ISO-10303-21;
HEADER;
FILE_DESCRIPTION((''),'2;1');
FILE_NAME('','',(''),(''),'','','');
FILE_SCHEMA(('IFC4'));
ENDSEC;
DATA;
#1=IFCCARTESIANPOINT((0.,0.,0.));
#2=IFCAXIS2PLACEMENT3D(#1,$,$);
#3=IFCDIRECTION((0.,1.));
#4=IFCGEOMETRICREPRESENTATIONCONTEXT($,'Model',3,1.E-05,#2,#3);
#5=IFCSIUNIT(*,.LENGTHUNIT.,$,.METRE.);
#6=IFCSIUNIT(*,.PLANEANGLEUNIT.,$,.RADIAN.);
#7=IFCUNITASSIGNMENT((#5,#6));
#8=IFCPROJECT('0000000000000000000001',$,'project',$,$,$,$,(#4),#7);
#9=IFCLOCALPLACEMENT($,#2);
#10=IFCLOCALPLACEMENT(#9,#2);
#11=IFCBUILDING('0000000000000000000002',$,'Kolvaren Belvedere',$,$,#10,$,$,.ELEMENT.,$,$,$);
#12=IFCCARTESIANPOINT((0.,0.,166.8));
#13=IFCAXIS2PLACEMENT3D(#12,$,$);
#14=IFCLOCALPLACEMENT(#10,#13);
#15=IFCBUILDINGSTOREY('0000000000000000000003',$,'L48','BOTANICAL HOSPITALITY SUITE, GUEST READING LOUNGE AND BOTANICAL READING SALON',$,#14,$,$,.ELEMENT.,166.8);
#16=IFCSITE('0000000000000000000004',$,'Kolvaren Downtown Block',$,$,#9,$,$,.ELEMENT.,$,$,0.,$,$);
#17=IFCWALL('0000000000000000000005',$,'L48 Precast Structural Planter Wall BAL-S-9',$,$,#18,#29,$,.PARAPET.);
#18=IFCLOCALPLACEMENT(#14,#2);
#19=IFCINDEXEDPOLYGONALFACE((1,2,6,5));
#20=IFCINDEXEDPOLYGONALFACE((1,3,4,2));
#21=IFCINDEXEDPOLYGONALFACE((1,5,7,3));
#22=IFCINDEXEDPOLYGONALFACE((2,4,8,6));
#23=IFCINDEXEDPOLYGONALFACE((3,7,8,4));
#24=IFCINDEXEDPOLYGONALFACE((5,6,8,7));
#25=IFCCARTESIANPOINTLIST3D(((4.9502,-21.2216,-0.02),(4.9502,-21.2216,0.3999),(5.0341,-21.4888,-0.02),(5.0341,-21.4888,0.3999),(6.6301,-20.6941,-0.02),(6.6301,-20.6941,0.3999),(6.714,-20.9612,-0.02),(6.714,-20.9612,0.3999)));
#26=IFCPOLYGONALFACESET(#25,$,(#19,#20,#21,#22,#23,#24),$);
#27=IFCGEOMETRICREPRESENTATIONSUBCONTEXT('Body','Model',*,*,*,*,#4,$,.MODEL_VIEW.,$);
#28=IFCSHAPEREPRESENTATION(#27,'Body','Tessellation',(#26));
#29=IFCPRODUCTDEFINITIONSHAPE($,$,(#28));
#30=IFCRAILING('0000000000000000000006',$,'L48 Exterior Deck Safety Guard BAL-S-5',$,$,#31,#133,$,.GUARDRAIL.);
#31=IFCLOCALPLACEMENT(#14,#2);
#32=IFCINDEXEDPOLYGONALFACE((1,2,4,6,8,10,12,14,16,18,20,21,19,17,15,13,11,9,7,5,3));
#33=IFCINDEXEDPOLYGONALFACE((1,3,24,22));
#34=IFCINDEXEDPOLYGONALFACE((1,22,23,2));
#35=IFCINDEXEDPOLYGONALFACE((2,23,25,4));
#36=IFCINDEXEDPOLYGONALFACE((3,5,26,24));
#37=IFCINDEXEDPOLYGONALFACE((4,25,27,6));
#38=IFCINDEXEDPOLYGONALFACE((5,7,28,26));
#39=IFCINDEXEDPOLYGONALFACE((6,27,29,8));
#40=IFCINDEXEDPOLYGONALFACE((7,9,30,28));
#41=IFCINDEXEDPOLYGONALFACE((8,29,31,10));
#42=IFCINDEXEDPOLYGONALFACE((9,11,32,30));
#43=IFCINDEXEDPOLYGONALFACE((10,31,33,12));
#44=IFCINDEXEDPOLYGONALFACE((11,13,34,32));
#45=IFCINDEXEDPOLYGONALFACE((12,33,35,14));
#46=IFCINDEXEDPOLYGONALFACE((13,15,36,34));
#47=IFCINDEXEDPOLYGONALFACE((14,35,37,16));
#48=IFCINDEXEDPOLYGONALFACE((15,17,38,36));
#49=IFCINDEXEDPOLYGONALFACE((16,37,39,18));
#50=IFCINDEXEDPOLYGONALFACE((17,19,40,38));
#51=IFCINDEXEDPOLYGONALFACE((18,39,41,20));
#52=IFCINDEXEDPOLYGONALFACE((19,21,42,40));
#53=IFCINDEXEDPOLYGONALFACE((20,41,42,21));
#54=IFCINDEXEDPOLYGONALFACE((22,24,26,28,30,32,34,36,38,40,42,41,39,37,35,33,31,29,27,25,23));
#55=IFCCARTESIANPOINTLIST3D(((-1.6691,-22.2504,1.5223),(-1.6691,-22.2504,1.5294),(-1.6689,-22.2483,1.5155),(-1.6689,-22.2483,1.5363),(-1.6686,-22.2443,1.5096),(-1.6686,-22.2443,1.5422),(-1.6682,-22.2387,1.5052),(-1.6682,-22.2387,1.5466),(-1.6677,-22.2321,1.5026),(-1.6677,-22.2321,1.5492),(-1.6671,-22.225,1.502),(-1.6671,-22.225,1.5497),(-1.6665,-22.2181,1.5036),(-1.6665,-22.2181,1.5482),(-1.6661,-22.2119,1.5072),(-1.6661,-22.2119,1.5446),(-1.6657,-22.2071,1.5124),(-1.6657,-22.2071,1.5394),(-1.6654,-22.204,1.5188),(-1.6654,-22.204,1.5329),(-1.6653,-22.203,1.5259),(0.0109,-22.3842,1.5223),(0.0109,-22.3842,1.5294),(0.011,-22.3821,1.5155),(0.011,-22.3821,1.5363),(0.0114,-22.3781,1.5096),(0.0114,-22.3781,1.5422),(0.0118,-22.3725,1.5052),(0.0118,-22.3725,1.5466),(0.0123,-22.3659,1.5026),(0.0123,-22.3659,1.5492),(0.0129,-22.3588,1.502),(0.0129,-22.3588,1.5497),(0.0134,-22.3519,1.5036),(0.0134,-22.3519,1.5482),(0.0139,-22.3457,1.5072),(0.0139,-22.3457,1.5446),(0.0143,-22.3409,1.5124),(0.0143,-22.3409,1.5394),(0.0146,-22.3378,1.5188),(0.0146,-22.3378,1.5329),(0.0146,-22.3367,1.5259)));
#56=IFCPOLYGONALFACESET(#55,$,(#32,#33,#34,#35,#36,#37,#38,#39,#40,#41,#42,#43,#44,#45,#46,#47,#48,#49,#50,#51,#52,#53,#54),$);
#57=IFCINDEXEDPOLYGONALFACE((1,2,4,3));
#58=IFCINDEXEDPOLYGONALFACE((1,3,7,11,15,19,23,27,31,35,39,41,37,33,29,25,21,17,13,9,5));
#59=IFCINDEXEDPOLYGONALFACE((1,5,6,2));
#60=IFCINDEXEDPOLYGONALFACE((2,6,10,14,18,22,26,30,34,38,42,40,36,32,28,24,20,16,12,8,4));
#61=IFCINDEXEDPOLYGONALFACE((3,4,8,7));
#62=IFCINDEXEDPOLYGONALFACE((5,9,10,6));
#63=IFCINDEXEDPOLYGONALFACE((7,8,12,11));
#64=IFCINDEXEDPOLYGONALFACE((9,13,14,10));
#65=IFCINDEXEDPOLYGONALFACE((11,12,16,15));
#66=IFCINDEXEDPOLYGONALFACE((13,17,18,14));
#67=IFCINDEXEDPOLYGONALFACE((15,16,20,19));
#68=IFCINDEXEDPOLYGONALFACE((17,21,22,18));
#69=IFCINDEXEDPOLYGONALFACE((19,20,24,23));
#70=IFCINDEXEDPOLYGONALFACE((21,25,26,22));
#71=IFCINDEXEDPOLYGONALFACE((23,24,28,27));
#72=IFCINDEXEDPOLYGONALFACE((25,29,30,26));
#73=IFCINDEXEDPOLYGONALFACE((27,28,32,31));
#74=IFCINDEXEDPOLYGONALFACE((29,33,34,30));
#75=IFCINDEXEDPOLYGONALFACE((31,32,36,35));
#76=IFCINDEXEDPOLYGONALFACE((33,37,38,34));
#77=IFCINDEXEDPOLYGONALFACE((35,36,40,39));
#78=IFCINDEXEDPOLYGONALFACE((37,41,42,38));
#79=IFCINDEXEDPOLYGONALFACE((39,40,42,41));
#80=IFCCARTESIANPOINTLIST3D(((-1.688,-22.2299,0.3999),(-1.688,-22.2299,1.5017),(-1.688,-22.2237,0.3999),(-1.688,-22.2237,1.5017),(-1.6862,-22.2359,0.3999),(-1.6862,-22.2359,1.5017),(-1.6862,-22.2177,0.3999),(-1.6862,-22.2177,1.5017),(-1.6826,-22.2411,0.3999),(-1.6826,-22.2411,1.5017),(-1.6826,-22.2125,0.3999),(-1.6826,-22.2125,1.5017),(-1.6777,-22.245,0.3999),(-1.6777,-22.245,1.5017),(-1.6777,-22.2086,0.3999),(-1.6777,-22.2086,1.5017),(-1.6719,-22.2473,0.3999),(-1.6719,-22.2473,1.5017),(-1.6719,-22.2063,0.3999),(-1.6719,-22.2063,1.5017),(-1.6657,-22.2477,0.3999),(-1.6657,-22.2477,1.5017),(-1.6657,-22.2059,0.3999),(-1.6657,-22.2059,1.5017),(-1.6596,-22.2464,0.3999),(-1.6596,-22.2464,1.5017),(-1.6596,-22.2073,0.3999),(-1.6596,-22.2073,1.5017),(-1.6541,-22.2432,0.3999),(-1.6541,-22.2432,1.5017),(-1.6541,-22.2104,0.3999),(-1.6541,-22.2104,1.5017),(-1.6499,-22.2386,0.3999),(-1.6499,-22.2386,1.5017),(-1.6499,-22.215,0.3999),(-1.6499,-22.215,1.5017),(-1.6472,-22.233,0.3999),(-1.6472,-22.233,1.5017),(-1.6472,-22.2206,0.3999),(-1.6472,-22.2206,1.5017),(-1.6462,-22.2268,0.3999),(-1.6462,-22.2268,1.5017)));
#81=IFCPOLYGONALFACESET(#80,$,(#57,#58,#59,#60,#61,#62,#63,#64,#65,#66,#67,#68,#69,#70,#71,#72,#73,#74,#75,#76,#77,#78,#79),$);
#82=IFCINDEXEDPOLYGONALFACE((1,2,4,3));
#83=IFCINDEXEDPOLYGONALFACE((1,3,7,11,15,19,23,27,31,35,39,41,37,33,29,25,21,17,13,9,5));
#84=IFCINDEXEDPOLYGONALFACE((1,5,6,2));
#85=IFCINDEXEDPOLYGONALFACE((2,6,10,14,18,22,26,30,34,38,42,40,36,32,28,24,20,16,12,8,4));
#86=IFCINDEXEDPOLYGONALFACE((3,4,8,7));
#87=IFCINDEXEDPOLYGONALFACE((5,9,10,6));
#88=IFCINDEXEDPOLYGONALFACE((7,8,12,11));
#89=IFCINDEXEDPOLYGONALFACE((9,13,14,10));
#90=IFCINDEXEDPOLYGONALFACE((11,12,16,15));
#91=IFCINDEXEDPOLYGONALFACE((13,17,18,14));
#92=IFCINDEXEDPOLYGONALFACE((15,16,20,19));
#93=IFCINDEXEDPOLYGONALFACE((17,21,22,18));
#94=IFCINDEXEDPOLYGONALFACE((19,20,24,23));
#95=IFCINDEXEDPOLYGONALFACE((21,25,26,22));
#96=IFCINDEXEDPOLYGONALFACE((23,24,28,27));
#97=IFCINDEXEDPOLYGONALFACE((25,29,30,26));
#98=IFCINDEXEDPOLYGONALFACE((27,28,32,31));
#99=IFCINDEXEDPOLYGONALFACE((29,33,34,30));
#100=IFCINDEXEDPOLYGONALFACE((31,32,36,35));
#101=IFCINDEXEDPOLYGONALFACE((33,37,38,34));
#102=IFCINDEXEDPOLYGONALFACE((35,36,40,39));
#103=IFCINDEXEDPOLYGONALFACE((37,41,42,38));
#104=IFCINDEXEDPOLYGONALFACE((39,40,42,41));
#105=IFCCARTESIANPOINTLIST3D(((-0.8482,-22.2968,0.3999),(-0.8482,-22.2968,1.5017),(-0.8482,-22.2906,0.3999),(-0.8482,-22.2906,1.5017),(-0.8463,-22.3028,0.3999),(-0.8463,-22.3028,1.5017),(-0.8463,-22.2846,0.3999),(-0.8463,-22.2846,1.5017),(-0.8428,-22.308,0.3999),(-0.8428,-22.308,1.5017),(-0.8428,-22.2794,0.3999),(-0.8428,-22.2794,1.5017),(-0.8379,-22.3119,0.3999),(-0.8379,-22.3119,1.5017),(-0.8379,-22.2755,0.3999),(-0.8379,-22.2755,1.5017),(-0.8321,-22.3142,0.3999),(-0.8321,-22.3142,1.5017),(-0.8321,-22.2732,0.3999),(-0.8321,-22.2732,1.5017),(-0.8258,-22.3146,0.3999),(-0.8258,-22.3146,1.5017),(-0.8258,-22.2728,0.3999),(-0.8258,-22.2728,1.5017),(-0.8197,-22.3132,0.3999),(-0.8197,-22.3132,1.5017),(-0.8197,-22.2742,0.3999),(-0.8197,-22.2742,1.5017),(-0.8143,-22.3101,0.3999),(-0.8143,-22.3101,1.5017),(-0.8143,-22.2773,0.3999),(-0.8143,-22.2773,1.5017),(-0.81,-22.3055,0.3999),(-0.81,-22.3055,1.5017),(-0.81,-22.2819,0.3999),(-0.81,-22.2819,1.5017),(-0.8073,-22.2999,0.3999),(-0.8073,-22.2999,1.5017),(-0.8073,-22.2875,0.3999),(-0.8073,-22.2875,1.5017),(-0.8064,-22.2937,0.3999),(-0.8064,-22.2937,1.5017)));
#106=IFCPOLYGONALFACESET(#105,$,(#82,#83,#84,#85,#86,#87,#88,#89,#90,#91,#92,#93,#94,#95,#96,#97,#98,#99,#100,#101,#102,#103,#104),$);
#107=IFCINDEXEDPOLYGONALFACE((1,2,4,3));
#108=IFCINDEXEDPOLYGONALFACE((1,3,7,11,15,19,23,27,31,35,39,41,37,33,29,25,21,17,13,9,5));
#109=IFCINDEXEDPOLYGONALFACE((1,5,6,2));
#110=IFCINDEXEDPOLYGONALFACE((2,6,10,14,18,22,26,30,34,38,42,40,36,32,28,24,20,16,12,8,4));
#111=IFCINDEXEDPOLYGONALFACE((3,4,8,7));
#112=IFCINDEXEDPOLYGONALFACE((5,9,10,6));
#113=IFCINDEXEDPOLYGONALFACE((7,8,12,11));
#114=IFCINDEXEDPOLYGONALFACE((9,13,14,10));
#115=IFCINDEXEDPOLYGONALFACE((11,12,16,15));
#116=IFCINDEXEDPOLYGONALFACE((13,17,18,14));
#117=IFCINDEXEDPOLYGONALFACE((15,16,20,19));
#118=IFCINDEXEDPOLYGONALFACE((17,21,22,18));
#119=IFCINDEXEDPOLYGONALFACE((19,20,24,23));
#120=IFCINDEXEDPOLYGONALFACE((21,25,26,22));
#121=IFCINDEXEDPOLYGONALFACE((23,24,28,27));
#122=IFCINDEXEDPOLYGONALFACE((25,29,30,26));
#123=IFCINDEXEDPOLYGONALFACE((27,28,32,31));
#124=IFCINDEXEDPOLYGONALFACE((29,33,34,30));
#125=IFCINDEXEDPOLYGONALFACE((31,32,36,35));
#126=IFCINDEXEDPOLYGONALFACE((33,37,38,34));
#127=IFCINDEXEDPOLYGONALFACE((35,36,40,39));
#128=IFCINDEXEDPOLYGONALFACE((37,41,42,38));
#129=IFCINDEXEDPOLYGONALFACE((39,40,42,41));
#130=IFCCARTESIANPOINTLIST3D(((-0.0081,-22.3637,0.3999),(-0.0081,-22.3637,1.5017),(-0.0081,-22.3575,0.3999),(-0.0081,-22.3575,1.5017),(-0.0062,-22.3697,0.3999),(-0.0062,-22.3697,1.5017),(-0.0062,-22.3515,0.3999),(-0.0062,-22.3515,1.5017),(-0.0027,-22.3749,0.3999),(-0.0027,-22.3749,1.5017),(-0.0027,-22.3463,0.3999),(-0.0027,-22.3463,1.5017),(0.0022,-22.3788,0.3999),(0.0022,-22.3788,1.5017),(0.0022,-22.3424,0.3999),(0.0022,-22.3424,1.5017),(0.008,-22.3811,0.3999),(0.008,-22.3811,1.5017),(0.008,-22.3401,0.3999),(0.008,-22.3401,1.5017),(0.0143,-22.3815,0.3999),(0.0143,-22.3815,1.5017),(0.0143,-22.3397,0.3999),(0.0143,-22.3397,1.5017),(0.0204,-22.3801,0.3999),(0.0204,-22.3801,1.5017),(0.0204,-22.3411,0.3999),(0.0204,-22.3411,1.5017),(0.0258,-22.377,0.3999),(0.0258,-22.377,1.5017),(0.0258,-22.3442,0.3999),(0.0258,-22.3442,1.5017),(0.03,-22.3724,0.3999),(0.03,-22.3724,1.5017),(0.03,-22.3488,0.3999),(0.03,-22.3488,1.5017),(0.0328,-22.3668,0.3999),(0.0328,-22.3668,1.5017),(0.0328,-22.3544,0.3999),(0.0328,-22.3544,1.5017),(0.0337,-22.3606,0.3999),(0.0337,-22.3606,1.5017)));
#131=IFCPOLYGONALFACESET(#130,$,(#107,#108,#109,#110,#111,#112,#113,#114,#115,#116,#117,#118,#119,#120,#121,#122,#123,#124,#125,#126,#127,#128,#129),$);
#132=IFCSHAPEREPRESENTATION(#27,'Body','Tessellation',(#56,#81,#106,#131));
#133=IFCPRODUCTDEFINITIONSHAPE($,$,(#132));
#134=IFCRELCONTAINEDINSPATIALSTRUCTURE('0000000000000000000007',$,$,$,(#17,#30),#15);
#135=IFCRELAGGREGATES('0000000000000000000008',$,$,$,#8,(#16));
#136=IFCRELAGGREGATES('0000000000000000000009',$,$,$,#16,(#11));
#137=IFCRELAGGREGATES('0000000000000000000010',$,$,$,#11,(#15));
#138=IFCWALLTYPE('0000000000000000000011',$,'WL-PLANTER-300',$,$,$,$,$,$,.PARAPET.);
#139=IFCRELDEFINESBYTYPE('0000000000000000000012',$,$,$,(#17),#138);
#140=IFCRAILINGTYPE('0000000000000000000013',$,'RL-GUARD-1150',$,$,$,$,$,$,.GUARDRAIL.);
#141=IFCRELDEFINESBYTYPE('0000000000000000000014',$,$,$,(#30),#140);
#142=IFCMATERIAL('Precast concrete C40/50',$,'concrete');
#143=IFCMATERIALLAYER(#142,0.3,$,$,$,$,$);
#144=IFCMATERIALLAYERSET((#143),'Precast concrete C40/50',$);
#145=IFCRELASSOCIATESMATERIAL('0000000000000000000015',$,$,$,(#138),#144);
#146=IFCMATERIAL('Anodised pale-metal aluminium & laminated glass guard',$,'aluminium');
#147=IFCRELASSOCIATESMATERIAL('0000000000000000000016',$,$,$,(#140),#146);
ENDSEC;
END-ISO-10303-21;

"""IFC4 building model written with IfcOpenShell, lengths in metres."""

from ifc_helpers import new_model, si_unit, direction, frame, frame_2d, origin, origin_2d, place, context, subcontext, project, spatial, rectangle, circle, extrude, material, layer, layer_set, type_object, element, save


model = new_model("IFC4")

# Units and contexts
model_context = context("Model", 3, precision=1e-05, world=origin(), true_north=direction((0.0, 1.0)))
body_context = subcontext(model_context, "Body", "Model", "MODEL_VIEW")
ifc_project = project(units=[si_unit("LENGTHUNIT", "METRE"), si_unit("PLANEANGLEUNIT", "RADIAN")], contexts=[model_context])

# Site, building, storey
site_placement = place(None, origin())
site = spatial("IfcSite", under=ifc_project, at=site_placement, Name="Kolvaren Downtown Block", CompositionType="ELEMENT", RefElevation=0.0)
building_placement = place(site_placement, origin())
building = spatial("IfcBuilding", under=site, at=building_placement, Name="Kolvaren Belvedere", CompositionType="ELEMENT")
storey_placement = place(building_placement, frame((0.0, 0.0, 166.8)))
storey = spatial("IfcBuildingStorey", under=building, at=storey_placement, Name="L48", Description="BOTANICAL HOSPITALITY SUITE, GUEST READING LOUNGE AND BOTANICAL READING SALON", CompositionType="ELEMENT", Elevation=166.8)

# Wall
ifc_material_1 = material(Name="Precast concrete C40/50", Category="concrete")
ifc_layer_1 = layer(ifc_material_1, 0.3)
ifc_layer_set_1 = layer_set([ifc_layer_1], Name="Precast concrete C40/50")
wall_type_1 = type_object("IfcWallType", Name="WL-PLANTER-300", PredefinedType="PARAPET", material=ifc_layer_set_1)
wall_1_placement = place(storey_placement, frame((4.9922, -21.3552, -0.02), z_axis=(0.0, 0.0, 1.0), x_axis=(0.954057, 0.299625, 0.0)))
element("IfcWall", 1, at=wall_1_placement, inside=storey, type_object=wall_type_1, Name="L48 Precast Structural Planter Wall BAL-S-9", PredefinedType="PARAPET", context=body_context, shape_type="SweptSolid", body=[
    extrude(rectangle(XDim=1.7607, YDim=0.28, at=frame_2d((0.8804, 0.0))), origin(), (0.0, 0.0, 1.0), 0.4199),
])

# Railing
ifc_material_2 = material(Name="Anodised pale-metal aluminium & laminated glass guard", Category="aluminium")
railing_type = type_object("IfcRailingType", Name="RL-GUARD-1150", PredefinedType="GUARDRAIL", material=ifc_material_2)
railing_1_placement = place(storey_placement, frame((-1.6672, -22.2268, 0.3999)))
element("IfcRailing", 2, at=railing_1_placement, inside=storey, type_object=railing_type, Name="L48 Exterior Deck Safety Guard BAL-S-5", PredefinedType="GUARDRAIL", context=body_context, shape_type="SweptSolid", body=[
    extrude(circle(Radius=0.0239, at=origin_2d()), frame((0.0, 0.0, 1.126), z_axis=(0.996844, -0.079388, 0.0), x_axis=(0.079388, 0.996844, 0.0)), (0.0, 0.0, 1.0), 1.6853),
    extrude(circle(Radius=0.021, at=origin_2d()), origin(), (0.0, 0.0, 1.0), 1.1018),
    extrude(circle(Radius=0.021, at=origin_2d()), frame((0.8398, -0.0669, 0.0)), (0.0, 0.0, 1.0), 1.1018),
    extrude(circle(Radius=0.021, at=origin_2d()), frame((1.6799, -0.1338, 0.0)), (0.0, 0.0, 1.0), 1.1018),
])

save(model, "model.ifc")
